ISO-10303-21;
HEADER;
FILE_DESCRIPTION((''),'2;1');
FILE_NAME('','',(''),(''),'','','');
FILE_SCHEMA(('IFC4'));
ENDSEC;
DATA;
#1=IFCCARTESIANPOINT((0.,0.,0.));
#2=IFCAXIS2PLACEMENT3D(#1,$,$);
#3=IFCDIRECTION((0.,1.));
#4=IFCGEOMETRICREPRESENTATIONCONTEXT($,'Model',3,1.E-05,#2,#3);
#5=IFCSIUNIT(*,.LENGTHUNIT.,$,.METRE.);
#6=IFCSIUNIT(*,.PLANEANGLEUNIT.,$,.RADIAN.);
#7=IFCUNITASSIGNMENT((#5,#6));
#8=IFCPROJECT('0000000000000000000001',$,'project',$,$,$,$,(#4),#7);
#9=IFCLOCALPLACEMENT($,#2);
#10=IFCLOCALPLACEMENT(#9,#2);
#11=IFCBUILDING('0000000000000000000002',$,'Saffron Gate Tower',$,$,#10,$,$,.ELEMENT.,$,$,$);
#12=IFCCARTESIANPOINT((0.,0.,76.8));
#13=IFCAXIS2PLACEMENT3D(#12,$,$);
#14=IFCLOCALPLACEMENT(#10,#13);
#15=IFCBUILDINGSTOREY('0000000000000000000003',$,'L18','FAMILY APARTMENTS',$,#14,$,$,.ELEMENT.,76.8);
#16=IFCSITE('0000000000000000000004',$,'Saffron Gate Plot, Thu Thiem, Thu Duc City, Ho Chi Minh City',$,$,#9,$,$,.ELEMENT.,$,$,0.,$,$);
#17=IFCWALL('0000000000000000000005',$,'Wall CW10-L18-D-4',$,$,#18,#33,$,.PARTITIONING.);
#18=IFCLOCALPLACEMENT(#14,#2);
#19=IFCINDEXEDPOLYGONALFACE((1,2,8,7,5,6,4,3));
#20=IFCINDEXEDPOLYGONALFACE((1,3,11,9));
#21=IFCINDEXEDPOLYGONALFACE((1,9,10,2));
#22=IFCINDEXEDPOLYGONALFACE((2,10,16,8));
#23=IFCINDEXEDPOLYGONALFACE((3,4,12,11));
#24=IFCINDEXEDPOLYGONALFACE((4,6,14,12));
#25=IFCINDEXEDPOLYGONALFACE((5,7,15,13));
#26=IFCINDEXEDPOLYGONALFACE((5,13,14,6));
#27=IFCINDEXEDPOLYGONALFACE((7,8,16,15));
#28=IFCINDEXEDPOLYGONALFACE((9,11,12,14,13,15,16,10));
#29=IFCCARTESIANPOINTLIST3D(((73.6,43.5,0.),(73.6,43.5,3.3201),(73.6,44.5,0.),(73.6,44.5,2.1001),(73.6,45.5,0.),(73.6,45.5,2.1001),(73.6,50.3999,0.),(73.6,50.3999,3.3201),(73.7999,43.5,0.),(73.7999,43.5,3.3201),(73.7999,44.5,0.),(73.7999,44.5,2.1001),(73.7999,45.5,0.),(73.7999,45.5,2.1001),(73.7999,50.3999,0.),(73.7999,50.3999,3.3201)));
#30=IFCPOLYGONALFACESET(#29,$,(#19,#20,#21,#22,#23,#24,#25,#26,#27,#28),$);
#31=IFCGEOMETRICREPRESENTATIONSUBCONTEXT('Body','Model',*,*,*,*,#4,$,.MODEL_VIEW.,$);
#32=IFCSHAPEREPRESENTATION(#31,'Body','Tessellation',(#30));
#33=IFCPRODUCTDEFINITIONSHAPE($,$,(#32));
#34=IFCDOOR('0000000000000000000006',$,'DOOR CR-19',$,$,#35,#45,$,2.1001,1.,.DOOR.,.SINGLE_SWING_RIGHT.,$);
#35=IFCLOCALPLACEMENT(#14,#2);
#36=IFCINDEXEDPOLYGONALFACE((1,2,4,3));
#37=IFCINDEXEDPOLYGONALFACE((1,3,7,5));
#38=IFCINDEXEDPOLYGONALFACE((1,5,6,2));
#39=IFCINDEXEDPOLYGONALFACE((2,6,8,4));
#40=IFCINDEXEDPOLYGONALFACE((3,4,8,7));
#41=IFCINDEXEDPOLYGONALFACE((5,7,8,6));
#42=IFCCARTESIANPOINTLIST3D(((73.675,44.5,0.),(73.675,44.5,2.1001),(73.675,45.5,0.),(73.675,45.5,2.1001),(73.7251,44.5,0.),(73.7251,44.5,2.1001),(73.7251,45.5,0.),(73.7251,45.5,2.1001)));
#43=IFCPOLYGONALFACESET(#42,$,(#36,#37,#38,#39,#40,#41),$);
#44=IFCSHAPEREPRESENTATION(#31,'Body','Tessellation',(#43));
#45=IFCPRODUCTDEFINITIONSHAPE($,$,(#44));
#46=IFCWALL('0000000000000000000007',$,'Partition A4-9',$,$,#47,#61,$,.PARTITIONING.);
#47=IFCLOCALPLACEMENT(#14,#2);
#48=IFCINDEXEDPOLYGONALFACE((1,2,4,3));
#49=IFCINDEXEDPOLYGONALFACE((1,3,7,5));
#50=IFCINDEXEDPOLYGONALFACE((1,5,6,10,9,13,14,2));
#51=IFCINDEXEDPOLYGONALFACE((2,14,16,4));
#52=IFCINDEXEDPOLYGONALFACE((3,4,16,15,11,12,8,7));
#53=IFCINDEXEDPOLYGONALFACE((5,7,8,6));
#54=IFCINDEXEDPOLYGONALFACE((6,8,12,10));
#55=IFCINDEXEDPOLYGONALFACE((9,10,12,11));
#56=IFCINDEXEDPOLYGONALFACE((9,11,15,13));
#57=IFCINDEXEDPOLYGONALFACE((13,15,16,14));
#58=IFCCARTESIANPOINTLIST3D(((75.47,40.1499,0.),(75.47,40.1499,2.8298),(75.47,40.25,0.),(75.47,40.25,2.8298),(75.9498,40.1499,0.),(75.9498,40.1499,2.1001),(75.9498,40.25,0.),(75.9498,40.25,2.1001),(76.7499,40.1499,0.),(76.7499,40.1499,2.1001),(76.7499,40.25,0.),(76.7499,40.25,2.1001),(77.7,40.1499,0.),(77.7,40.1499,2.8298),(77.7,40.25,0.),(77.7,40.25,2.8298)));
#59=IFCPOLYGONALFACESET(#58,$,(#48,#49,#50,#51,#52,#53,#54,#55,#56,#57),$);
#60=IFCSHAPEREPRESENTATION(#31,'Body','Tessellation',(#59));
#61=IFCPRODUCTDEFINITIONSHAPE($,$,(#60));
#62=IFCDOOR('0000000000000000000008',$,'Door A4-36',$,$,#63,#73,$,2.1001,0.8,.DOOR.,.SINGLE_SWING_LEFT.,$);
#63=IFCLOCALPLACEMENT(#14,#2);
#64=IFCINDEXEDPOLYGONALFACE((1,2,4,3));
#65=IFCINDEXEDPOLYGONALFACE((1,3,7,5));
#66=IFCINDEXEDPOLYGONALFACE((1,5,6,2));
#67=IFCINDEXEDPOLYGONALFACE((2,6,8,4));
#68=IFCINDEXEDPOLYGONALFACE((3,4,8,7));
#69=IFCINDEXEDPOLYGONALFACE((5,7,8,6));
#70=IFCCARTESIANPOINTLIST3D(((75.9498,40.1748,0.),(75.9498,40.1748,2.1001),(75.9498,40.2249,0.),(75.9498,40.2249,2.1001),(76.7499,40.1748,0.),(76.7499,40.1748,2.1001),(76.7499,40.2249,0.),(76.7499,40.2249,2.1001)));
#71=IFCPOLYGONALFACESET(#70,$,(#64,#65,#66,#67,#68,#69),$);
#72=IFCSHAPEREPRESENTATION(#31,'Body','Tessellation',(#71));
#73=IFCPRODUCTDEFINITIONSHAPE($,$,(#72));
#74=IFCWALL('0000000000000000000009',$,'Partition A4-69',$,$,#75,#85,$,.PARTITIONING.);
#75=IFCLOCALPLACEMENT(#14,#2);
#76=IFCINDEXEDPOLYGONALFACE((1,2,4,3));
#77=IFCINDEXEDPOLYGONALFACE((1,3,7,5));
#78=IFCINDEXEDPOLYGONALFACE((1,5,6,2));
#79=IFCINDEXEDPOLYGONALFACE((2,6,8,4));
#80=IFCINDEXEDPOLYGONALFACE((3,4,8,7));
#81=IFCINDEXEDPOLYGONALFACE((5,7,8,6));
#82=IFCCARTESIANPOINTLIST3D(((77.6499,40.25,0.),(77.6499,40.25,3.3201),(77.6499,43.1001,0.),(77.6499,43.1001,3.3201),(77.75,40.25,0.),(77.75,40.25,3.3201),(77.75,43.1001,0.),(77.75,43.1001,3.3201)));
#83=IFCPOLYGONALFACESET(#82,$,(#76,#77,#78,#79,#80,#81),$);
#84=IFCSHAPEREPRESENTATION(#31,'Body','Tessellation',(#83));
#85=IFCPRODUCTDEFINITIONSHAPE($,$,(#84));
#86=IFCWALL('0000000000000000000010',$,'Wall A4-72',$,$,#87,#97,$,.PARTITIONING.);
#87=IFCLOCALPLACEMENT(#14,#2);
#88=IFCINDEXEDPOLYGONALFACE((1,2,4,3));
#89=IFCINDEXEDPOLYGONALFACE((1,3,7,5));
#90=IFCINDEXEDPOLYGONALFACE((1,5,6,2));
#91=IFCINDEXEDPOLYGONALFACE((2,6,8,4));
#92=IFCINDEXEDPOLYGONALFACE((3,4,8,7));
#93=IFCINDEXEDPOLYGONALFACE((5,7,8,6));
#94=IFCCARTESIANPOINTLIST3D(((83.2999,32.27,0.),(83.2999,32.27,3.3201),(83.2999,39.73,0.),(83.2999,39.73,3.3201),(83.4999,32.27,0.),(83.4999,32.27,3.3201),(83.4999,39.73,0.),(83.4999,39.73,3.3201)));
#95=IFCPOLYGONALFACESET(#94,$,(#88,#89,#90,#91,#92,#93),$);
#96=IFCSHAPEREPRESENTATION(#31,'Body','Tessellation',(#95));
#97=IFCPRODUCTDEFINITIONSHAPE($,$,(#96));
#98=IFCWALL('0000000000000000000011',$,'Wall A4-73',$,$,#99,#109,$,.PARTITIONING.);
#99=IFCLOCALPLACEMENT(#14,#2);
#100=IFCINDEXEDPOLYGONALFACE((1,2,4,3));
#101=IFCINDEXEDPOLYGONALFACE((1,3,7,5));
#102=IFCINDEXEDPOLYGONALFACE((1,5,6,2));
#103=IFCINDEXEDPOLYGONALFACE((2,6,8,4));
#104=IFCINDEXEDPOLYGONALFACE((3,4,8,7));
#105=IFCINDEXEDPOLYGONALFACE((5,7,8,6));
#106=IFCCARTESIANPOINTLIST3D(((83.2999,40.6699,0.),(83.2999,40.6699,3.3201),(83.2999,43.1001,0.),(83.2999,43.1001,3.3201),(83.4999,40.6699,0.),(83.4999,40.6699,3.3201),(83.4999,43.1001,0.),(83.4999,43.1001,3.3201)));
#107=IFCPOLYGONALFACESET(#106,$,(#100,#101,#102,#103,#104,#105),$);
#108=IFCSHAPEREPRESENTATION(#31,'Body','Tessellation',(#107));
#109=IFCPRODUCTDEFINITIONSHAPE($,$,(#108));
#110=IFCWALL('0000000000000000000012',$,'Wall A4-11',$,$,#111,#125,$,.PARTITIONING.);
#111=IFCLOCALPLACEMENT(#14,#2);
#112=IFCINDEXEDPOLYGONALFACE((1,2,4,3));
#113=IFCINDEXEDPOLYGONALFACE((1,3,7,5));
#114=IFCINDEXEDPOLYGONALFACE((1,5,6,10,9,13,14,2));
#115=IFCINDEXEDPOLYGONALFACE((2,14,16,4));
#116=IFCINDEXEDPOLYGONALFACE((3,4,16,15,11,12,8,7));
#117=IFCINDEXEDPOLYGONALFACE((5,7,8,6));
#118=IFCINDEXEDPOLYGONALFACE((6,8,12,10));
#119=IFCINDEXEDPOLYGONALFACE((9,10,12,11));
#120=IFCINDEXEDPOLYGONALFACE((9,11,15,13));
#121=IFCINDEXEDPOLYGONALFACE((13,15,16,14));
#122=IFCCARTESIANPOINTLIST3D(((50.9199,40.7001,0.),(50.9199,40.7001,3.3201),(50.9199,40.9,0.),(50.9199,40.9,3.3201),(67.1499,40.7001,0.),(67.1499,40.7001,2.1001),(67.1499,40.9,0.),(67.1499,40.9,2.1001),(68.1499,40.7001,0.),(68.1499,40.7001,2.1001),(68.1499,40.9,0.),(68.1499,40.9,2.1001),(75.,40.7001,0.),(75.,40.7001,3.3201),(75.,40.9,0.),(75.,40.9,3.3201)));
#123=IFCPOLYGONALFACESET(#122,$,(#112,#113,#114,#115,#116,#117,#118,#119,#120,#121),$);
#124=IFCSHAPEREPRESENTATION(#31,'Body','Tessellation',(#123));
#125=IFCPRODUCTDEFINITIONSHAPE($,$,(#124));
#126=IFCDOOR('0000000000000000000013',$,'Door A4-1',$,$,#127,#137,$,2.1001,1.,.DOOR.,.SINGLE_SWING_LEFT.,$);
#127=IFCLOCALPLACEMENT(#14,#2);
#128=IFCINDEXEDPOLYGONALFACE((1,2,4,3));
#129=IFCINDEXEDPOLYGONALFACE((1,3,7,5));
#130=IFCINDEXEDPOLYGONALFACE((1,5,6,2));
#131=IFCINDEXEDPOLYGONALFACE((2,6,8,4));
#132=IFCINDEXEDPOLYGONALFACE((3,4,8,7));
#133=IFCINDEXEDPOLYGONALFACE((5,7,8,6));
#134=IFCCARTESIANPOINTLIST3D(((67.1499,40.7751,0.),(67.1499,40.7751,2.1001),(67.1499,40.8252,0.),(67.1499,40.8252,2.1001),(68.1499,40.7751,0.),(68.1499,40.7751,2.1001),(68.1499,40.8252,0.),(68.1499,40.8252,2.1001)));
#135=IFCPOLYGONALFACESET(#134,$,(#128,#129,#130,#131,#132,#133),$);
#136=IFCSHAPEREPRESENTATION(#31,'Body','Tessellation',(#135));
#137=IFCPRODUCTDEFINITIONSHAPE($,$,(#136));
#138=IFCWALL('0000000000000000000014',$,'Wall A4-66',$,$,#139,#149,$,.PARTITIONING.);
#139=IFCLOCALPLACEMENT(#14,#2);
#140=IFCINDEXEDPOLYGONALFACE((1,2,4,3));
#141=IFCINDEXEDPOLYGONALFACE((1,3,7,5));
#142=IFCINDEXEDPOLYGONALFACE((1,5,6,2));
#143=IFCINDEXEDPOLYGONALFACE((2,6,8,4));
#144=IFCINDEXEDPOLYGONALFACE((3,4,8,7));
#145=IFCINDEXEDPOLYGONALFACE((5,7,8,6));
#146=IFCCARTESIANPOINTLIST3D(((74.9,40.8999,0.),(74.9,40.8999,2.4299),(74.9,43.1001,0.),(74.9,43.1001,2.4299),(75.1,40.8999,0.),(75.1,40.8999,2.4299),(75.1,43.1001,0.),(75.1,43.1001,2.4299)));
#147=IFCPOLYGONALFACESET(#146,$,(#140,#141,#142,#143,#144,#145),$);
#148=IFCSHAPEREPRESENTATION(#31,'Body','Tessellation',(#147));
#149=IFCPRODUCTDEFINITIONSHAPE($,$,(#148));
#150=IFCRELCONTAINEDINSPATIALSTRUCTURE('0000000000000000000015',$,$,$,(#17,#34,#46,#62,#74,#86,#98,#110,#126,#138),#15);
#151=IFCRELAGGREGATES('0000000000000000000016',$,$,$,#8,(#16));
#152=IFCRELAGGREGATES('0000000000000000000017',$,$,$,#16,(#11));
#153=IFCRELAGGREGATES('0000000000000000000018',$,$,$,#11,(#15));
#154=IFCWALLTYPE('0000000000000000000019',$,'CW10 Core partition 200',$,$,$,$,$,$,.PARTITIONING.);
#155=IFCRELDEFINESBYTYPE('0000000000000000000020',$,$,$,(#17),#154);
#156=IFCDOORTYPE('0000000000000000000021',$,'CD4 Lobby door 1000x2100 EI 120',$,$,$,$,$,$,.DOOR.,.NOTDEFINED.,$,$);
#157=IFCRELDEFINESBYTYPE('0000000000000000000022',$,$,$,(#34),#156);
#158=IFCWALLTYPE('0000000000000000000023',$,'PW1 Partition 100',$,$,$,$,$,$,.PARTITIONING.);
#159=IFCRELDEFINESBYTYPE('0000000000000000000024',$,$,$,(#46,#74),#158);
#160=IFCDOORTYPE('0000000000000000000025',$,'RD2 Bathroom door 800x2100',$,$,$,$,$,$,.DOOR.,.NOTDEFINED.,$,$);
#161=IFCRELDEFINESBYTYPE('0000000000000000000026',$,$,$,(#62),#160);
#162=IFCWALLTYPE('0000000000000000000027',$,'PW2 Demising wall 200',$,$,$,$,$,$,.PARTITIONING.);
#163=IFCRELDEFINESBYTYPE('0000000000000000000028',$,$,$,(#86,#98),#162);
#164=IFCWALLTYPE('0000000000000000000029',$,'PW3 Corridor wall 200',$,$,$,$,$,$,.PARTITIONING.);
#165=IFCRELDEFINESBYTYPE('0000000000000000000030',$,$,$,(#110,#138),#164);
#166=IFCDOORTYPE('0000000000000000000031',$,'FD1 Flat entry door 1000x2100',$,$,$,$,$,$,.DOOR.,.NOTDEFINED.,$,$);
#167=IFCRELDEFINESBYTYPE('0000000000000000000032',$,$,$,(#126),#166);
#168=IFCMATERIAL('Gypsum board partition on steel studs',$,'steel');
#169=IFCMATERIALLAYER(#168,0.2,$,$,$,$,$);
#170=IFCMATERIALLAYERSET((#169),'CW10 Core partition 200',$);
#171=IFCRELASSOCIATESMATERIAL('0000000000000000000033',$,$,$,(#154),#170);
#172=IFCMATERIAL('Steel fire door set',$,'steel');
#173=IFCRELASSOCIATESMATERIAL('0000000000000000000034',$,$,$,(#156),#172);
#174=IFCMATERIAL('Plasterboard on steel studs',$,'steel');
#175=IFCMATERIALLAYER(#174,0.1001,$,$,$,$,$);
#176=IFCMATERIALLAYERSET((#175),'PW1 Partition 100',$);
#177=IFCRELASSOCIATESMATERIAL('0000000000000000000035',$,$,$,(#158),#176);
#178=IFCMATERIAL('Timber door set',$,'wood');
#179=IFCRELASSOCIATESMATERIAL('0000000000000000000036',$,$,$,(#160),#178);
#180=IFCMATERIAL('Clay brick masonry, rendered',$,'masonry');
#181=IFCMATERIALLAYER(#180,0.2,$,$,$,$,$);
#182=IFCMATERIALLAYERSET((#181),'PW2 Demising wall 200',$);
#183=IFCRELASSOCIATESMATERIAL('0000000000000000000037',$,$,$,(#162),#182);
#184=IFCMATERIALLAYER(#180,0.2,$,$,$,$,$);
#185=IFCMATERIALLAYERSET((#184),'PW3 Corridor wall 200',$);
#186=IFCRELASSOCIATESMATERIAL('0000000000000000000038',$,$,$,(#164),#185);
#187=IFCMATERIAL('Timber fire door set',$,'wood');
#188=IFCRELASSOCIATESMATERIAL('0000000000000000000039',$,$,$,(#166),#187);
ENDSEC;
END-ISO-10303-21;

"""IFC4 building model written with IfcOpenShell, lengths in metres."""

from ifc_helpers import new_model, si_unit, direction, frame, frame_2d, origin, place, context, subcontext, project, spatial, rectangle, extrude, material, layer, layer_set, type_object, element, fill, save


model = new_model("IFC4")

# Units and contexts
model_context = context("Model", 3, precision=1e-05, world=origin(), true_north=direction((0.0, 1.0)))
body_context = subcontext(model_context, "Body", "Model", "MODEL_VIEW")
ifc_project = project(units=[si_unit("LENGTHUNIT", "METRE"), si_unit("PLANEANGLEUNIT", "RADIAN")], contexts=[model_context])

# Site, building, storey
site_placement = place(None, origin())
site = spatial("IfcSite", under=ifc_project, at=site_placement, Name="Saffron Gate Plot, Thu Thiem, Thu Duc City, Ho Chi Minh City", CompositionType="ELEMENT", RefElevation=0.0)
building_placement = place(site_placement, origin())
building = spatial("IfcBuilding", under=site, at=building_placement, Name="Saffron Gate Tower", CompositionType="ELEMENT")
storey_placement = place(building_placement, frame((0.0, 0.0, 76.8)))
storey = spatial("IfcBuildingStorey", under=building, at=storey_placement, Name="L18", Description="FAMILY APARTMENTS", CompositionType="ELEMENT", Elevation=76.8)

# Walls, openings, doors
ifc_material_1 = material(Name="Gypsum board partition on steel studs", Category="steel")
ifc_layer_1 = layer(ifc_material_1, 0.2)
ifc_layer_set_1 = layer_set([ifc_layer_1], Name="CW10 Core partition 200")
wall_type_1 = type_object("IfcWallType", Name="CW10 Core partition 200", PredefinedType="PARTITIONING", material=ifc_layer_set_1)
wall_1_placement = place(storey_placement, frame((73.7, 43.5, 0.0), z_axis=(0.0, 0.0, 1.0), x_axis=(0.0, 1.0, 0.0)))
wall_1 = element("IfcWall", 1, at=wall_1_placement, inside=storey, type_object=wall_type_1, Name="Wall CW10-L18-D-4", PredefinedType="PARTITIONING", context=body_context, shape_type="SweptSolid", body=[
    extrude(rectangle(XDim=6.8999, YDim=0.2, at=frame_2d((3.45, 0.0))), origin(), (0.0, 0.0, 1.0), 3.3201),
])
opening_1_placement = place(wall_1_placement, frame((1.0, 0.0, 0.0)))
opening_1 = element("IfcOpeningElement", 2, at=opening_1_placement, cuts=wall_1, PredefinedType="OPENING", context=body_context, shape_type="SweptSolid", body=[
    extrude(rectangle(XDim=1.0, YDim=2.1001, at=frame_2d((0.5, 1.05))), frame((0.0, 0.1099, 0.0), z_axis=(0.0, -1.0, 0.0), x_axis=(1.0, 0.0, 0.0)), (0.0, 0.0, 1.0), 0.22),
])
ifc_material_2 = material(Name="Steel fire door set", Category="steel")
door_type_1 = type_object("IfcDoorType", Name="CD4 Lobby door 1000x2100 EI 120", OperationType="NOTDEFINED", PredefinedType="DOOR", material=ifc_material_2)
door_1_placement = place(opening_1_placement, origin())
door_1 = element("IfcDoor", 3, at=door_1_placement, inside=storey, type_object=door_type_1, Name="DOOR CR-19", OperationType="SINGLE_SWING_RIGHT", OverallHeight=2.1001, OverallWidth=1.0, PredefinedType="DOOR", context=body_context, shape_type="SweptSolid", body=[
    extrude(rectangle(XDim=1.0, YDim=2.1001, at=frame_2d((0.5, 1.05))), frame((0.0, 0.0249, 0.0), z_axis=(0.0, -1.0, 0.0), x_axis=(1.0, 0.0, 0.0)), (0.0, 0.0, 1.0), 0.05),
])
fill(opening_1, door_1)
ifc_material_3 = material(Name="Plasterboard on steel studs", Category="steel")
ifc_layer_2 = layer(ifc_material_3, 0.1001)
ifc_layer_set_2 = layer_set([ifc_layer_2], Name="PW1 Partition 100")
wall_type_2 = type_object("IfcWallType", Name="PW1 Partition 100", PredefinedType="PARTITIONING", material=ifc_layer_set_2)
wall_2_placement = place(storey_placement, frame((75.47, 40.2, 0.0), z_axis=(0.0, 0.0, 1.0), x_axis=(1.0, 0.0, 0.0)))
wall_2 = element("IfcWall", 4, at=wall_2_placement, inside=storey, type_object=wall_type_2, Name="Partition A4-9", PredefinedType="PARTITIONING", context=body_context, shape_type="SweptSolid", body=[
    extrude(rectangle(XDim=2.23, YDim=0.1001, at=frame_2d((1.115, 0.0))), origin(), (0.0, 0.0, 1.0), 2.8298),
])
opening_2_placement = place(wall_2_placement, frame((0.48, 0.0, 0.0)))
opening_2 = element("IfcOpeningElement", 5, at=opening_2_placement, cuts=wall_2, PredefinedType="OPENING", context=body_context, shape_type="SweptSolid", body=[
    extrude(rectangle(XDim=0.8, YDim=2.1001, at=frame_2d((0.3999, 1.05))), frame((0.0, 0.0601, 0.0), z_axis=(0.0, -1.0, 0.0), x_axis=(1.0, 0.0, 0.0)), (0.0, 0.0, 1.0), 0.1201),
])
ifc_material_4 = material(Name="Timber door set", Category="wood")
door_type_2 = type_object("IfcDoorType", Name="RD2 Bathroom door 800x2100", OperationType="NOTDEFINED", PredefinedType="DOOR", material=ifc_material_4)
door_2_placement = place(opening_2_placement, origin())
door_2 = element("IfcDoor", 6, at=door_2_placement, inside=storey, type_object=door_type_2, Name="Door A4-36", OperationType="SINGLE_SWING_LEFT", OverallHeight=2.1001, OverallWidth=0.8, PredefinedType="DOOR", context=body_context, shape_type="SweptSolid", body=[
    extrude(rectangle(XDim=0.8, YDim=2.1001, at=frame_2d((0.3999, 1.05))), frame((0.0, 0.0249, 0.0), z_axis=(0.0, -1.0, 0.0), x_axis=(1.0, 0.0, 0.0)), (0.0, 0.0, 1.0), 0.05),
])
fill(opening_2, door_2)

# Walls
wall_3_placement = place(storey_placement, frame((77.7, 43.1001, 0.0), z_axis=(0.0, 0.0, 1.0), x_axis=(0.0, -1.0, 0.0)))
element("IfcWall", 7, at=wall_3_placement, inside=storey, type_object=wall_type_2, Name="Partition A4-69", PredefinedType="PARTITIONING", context=body_context, shape_type="SweptSolid", body=[
    extrude(rectangle(XDim=2.8501, YDim=0.1001, at=frame_2d((1.425, 0.0))), origin(), (0.0, 0.0, 1.0), 3.3201),
])
ifc_material_5 = material(Name="Clay brick masonry, rendered", Category="masonry")
ifc_layer_3 = layer(ifc_material_5, 0.2)
ifc_layer_set_3 = layer_set([ifc_layer_3], Name="PW2 Demising wall 200")
wall_type_3 = type_object("IfcWallType", Name="PW2 Demising wall 200", PredefinedType="PARTITIONING", material=ifc_layer_set_3)
wall_4_placement = place(storey_placement, frame((83.3999, 39.73, 0.0), z_axis=(0.0, 0.0, 1.0), x_axis=(0.0, -1.0, 0.0)))
element("IfcWall", 8, at=wall_4_placement, inside=storey, type_object=wall_type_3, Name="Wall A4-72", PredefinedType="PARTITIONING", context=body_context, shape_type="SweptSolid", body=[
    extrude(rectangle(XDim=7.46, YDim=0.2, at=frame_2d((3.73, 0.0))), origin(), (0.0, 0.0, 1.0), 3.3201),
])
wall_5_placement = place(storey_placement, frame((83.3999, 43.1001, 0.0), z_axis=(0.0, 0.0, 1.0), x_axis=(0.0, -1.0, 0.0)))
element("IfcWall", 9, at=wall_5_placement, inside=storey, type_object=wall_type_3, Name="Wall A4-73", PredefinedType="PARTITIONING", context=body_context, shape_type="SweptSolid", body=[
    extrude(rectangle(XDim=2.4302, YDim=0.2, at=frame_2d((1.2151, 0.0))), origin(), (0.0, 0.0, 1.0), 3.3201),
])

# Wall, opening, door
ifc_layer_4 = layer(ifc_material_5, 0.2)
ifc_layer_set_4 = layer_set([ifc_layer_4], Name="PW3 Corridor wall 200")
wall_type_4 = type_object("IfcWallType", Name="PW3 Corridor wall 200", PredefinedType="PARTITIONING", material=ifc_layer_set_4)
wall_6_placement = place(storey_placement, frame((75.0, 40.8, 0.0), z_axis=(0.0, 0.0, 1.0), x_axis=(-1.0, 0.0, 0.0)))
wall_6 = element("IfcWall", 10, at=wall_6_placement, inside=storey, type_object=wall_type_4, Name="Wall A4-11", PredefinedType="PARTITIONING", context=body_context, shape_type="SweptSolid", body=[
    extrude(rectangle(XDim=24.0801, YDim=0.2, at=frame_2d((12.04, 0.0))), origin(), (0.0, 0.0, 1.0), 3.3201),
])
opening_3_placement = place(wall_6_placement, frame((6.8501, 0.0, 0.0)))
opening_3 = element("IfcOpeningElement", 11, at=opening_3_placement, cuts=wall_6, PredefinedType="OPENING", context=body_context, shape_type="SweptSolid", body=[
    extrude(rectangle(XDim=1.0, YDim=2.1001, at=frame_2d((0.5, 1.05))), frame((0.0, 0.1099, 0.0), z_axis=(0.0, -1.0, 0.0), x_axis=(1.0, 0.0, 0.0)), (0.0, 0.0, 1.0), 0.22),
])
ifc_material_6 = material(Name="Timber fire door set", Category="wood")
door_type_3 = type_object("IfcDoorType", Name="FD1 Flat entry door 1000x2100", OperationType="NOTDEFINED", PredefinedType="DOOR", material=ifc_material_6)
door_3_placement = place(opening_3_placement, origin())
door_3 = element("IfcDoor", 12, at=door_3_placement, inside=storey, type_object=door_type_3, Name="Door A4-1", OperationType="SINGLE_SWING_LEFT", OverallHeight=2.1001, OverallWidth=1.0, PredefinedType="DOOR", context=body_context, shape_type="SweptSolid", body=[
    extrude(rectangle(XDim=1.0, YDim=2.1001, at=frame_2d((0.5, 1.05))), frame((0.0, 0.0249, 0.0), z_axis=(0.0, -1.0, 0.0), x_axis=(1.0, 0.0, 0.0)), (0.0, 0.0, 1.0), 0.05),
])
fill(opening_3, door_3)

# Wall
wall_7_placement = place(storey_placement, frame((75.0, 43.1001, 0.0), z_axis=(0.0, 0.0, 1.0), x_axis=(0.0, -1.0, 0.0)))
element("IfcWall", 13, at=wall_7_placement, inside=storey, type_object=wall_type_4, Name="Wall A4-66", PredefinedType="PARTITIONING", context=body_context, shape_type="SweptSolid", body=[
    extrude(rectangle(XDim=2.2002, YDim=0.2, at=frame_2d((1.1001, 0.0))), origin(), (0.0, 0.0, 1.0), 2.4299),
])

save(model, "model.ifc")
